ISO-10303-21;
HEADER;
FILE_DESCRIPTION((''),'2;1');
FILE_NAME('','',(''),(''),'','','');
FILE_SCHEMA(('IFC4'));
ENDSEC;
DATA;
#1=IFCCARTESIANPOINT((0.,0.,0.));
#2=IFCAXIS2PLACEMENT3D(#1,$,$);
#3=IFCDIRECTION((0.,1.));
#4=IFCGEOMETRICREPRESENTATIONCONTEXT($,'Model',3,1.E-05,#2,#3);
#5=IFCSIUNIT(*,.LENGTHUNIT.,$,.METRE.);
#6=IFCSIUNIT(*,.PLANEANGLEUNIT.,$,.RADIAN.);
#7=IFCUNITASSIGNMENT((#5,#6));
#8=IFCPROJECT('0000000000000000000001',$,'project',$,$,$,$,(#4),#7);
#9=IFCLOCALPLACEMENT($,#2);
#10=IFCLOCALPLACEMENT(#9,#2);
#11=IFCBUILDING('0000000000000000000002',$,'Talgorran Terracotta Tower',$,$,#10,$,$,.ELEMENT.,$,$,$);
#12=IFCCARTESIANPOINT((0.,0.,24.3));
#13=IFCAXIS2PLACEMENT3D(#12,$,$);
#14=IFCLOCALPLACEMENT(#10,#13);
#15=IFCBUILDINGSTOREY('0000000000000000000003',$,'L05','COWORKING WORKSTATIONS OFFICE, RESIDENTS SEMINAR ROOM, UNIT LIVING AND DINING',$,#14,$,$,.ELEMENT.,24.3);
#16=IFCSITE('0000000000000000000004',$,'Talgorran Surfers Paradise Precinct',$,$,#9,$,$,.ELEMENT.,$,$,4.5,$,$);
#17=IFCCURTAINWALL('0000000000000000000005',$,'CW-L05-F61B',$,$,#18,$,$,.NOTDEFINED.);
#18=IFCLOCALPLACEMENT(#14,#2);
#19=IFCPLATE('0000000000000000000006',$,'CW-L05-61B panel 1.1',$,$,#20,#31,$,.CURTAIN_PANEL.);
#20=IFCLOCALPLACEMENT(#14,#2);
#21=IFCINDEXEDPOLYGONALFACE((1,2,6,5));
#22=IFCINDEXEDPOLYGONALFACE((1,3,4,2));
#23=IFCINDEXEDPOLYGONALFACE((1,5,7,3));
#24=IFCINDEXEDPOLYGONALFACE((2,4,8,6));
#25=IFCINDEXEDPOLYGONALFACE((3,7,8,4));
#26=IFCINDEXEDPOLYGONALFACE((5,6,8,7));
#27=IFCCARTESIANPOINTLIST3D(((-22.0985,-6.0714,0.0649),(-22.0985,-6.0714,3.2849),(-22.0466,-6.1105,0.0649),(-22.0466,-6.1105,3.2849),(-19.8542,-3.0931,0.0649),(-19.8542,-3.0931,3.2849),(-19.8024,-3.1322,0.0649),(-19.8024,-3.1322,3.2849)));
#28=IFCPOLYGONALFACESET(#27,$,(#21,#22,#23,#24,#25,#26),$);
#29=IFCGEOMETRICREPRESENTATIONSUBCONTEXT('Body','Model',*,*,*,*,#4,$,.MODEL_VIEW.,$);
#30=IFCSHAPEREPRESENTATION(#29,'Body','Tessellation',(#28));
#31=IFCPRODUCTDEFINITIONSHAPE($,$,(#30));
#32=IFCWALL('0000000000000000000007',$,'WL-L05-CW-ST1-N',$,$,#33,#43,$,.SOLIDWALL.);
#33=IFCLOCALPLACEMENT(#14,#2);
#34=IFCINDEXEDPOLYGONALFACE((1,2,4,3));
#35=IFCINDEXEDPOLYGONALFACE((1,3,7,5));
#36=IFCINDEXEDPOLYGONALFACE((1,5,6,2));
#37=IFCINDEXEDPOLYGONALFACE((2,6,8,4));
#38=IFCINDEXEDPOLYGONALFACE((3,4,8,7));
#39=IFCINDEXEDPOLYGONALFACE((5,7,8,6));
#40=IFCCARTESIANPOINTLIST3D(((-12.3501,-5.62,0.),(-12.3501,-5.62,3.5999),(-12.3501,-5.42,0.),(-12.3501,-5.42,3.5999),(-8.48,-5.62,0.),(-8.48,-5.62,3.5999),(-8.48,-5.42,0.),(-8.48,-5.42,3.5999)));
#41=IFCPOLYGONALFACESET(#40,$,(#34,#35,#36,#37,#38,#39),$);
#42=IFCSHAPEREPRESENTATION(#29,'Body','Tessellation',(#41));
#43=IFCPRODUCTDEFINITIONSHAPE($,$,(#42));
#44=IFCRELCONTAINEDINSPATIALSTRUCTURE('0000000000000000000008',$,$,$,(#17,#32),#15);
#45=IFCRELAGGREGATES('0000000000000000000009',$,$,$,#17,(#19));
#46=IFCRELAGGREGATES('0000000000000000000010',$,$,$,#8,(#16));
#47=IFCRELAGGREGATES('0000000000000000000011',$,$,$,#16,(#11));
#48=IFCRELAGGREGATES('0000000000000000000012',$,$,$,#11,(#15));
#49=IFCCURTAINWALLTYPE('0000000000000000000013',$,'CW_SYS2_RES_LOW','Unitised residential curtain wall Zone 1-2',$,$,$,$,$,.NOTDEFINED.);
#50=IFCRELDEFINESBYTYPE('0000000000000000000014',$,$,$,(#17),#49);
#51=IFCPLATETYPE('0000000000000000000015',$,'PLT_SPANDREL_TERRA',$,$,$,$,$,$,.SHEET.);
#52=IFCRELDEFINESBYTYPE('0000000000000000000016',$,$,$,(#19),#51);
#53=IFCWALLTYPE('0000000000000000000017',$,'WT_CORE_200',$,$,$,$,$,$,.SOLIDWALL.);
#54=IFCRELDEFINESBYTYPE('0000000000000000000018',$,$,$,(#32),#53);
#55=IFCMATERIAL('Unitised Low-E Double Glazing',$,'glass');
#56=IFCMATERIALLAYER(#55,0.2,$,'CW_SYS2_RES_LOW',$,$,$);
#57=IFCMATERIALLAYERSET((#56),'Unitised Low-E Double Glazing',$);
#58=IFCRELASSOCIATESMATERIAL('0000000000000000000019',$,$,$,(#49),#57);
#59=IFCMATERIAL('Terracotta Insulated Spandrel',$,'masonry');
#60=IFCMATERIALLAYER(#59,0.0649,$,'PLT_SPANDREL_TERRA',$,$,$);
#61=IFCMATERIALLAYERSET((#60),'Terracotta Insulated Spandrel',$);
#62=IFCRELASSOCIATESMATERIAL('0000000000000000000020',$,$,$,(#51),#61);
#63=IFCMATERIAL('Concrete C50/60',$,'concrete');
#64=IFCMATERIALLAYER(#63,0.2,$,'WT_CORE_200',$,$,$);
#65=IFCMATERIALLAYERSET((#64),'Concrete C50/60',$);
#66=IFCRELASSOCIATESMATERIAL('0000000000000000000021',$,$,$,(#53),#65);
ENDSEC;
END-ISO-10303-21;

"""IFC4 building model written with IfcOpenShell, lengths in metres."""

from ifc_helpers import new_model, si_unit, direction, frame, frame_2d, origin, origin_2d, place, context, subcontext, project, spatial, rectangle, extrude, source, transform, mapped, material, layer, layer_set, type_object, type_shapes, element, aggregate, save


model = new_model("IFC4")

# Units and contexts
model_context = context("Model", 3, precision=1e-05, world=origin(), true_north=direction((0.0, 1.0)))
body_context = subcontext(model_context, "Body", "Model", "MODEL_VIEW")
ifc_project = project(units=[si_unit("LENGTHUNIT", "METRE"), si_unit("PLANEANGLEUNIT", "RADIAN")], contexts=[model_context])

# Site, building, storey
site_placement = place(None, origin())
site = spatial("IfcSite", under=ifc_project, at=site_placement, Name="Talgorran Surfers Paradise Precinct", CompositionType="ELEMENT", RefElevation=4.5)
building_placement = place(site_placement, origin())
building = spatial("IfcBuilding", under=site, at=building_placement, Name="Talgorran Terracotta Tower", CompositionType="ELEMENT")
storey_placement = place(building_placement, frame((0.0, 0.0, 24.3)))
storey = spatial("IfcBuildingStorey", under=building, at=storey_placement, Name="L05", Description="COWORKING WORKSTATIONS OFFICE, RESIDENTS SEMINAR ROOM, UNIT LIVING AND DINING", CompositionType="ELEMENT", Elevation=24.3)

# Shared definitions
ifc_material_1 = material(Name="Unitised Low-E Double Glazing", Category="glass")
ifc_layer_1 = layer(ifc_material_1, 0.2, Name="CW_SYS2_RES_LOW")
ifc_layer_set_1 = layer_set([ifc_layer_1], Name="Unitised Low-E Double Glazing")
curtain_wall_type = type_object("IfcCurtainWallType", Name="CW_SYS2_RES_LOW", Description="Unitised residential curtain wall Zone 1-2", PredefinedType="NOTDEFINED", material=ifc_layer_set_1)

# Curtain wall
curtain_wall_1_placement = place(storey_placement, origin())
curtain_wall_1 = element("IfcCurtainWall", 1, at=curtain_wall_1_placement, inside=storey, type_object=curtain_wall_type, Name="CW-L05-F61B", PredefinedType="NOTDEFINED")

# Plate
ifc_material_2 = material(Name="Terracotta Insulated Spandrel", Category="masonry")
ifc_layer_2 = layer(ifc_material_2, 0.0649, Name="PLT_SPANDREL_TERRA")
ifc_layer_set_2 = layer_set([ifc_layer_2], Name="Terracotta Insulated Spandrel")
plate_type_1 = type_object("IfcPlateType", Name="PLT_SPANDREL_TERRA", PredefinedType="SHEET", material=ifc_layer_set_2)
shared_shape_1 = source(origin(), body_context, "Body", "SweptSolid", [
    extrude(rectangle(XDim=3.7292, YDim=0.0649, at=origin_2d()), origin(), (0.0, 0.0, 1.0), 3.22),
])
type_shapes(plate_type_1, [shared_shape_1])
plate_placement = place(storey_placement, frame((-20.9504, -4.6018, 0.0649), z_axis=(0.0, 0.0, 1.0), x_axis=(-0.601798, -0.798648, 0.0)))
plate = element("IfcPlate", 2, at=plate_placement, type_object=plate_type_1, Name="CW-L05-61B panel 1.1", PredefinedType="CURTAIN_PANEL", context=body_context, shape_type="MappedRepresentation", body=[
    mapped(shared_shape_1, transform((0.0, 0.0, 0.0), scale=1.0)),
])
aggregate(curtain_wall_1, [plate])

# Wall
ifc_material_3 = material(Name="Concrete C50/60", Category="concrete")
ifc_layer_3 = layer(ifc_material_3, 0.2, Name="WT_CORE_200")
ifc_layer_set_3 = layer_set([ifc_layer_3], Name="Concrete C50/60")
wall_type_1 = type_object("IfcWallType", Name="WT_CORE_200", PredefinedType="SOLIDWALL", material=ifc_layer_set_3)
wall_1_placement = place(storey_placement, frame((-12.3501, -5.52, 0.0), z_axis=(0.0, 0.0, 1.0), x_axis=(1.0, 0.0, 0.0)))
element("IfcWall", 3, at=wall_1_placement, inside=storey, type_object=wall_type_1, Name="WL-L05-CW-ST1-N", PredefinedType="SOLIDWALL", context=body_context, shape_type="SweptSolid", body=[
    extrude(rectangle(XDim=3.8701, YDim=0.2, at=frame_2d((1.9351, 0.0))), origin(), (0.0, 0.0, 1.0), 3.5999),
])

save(model, "model.ifc")
